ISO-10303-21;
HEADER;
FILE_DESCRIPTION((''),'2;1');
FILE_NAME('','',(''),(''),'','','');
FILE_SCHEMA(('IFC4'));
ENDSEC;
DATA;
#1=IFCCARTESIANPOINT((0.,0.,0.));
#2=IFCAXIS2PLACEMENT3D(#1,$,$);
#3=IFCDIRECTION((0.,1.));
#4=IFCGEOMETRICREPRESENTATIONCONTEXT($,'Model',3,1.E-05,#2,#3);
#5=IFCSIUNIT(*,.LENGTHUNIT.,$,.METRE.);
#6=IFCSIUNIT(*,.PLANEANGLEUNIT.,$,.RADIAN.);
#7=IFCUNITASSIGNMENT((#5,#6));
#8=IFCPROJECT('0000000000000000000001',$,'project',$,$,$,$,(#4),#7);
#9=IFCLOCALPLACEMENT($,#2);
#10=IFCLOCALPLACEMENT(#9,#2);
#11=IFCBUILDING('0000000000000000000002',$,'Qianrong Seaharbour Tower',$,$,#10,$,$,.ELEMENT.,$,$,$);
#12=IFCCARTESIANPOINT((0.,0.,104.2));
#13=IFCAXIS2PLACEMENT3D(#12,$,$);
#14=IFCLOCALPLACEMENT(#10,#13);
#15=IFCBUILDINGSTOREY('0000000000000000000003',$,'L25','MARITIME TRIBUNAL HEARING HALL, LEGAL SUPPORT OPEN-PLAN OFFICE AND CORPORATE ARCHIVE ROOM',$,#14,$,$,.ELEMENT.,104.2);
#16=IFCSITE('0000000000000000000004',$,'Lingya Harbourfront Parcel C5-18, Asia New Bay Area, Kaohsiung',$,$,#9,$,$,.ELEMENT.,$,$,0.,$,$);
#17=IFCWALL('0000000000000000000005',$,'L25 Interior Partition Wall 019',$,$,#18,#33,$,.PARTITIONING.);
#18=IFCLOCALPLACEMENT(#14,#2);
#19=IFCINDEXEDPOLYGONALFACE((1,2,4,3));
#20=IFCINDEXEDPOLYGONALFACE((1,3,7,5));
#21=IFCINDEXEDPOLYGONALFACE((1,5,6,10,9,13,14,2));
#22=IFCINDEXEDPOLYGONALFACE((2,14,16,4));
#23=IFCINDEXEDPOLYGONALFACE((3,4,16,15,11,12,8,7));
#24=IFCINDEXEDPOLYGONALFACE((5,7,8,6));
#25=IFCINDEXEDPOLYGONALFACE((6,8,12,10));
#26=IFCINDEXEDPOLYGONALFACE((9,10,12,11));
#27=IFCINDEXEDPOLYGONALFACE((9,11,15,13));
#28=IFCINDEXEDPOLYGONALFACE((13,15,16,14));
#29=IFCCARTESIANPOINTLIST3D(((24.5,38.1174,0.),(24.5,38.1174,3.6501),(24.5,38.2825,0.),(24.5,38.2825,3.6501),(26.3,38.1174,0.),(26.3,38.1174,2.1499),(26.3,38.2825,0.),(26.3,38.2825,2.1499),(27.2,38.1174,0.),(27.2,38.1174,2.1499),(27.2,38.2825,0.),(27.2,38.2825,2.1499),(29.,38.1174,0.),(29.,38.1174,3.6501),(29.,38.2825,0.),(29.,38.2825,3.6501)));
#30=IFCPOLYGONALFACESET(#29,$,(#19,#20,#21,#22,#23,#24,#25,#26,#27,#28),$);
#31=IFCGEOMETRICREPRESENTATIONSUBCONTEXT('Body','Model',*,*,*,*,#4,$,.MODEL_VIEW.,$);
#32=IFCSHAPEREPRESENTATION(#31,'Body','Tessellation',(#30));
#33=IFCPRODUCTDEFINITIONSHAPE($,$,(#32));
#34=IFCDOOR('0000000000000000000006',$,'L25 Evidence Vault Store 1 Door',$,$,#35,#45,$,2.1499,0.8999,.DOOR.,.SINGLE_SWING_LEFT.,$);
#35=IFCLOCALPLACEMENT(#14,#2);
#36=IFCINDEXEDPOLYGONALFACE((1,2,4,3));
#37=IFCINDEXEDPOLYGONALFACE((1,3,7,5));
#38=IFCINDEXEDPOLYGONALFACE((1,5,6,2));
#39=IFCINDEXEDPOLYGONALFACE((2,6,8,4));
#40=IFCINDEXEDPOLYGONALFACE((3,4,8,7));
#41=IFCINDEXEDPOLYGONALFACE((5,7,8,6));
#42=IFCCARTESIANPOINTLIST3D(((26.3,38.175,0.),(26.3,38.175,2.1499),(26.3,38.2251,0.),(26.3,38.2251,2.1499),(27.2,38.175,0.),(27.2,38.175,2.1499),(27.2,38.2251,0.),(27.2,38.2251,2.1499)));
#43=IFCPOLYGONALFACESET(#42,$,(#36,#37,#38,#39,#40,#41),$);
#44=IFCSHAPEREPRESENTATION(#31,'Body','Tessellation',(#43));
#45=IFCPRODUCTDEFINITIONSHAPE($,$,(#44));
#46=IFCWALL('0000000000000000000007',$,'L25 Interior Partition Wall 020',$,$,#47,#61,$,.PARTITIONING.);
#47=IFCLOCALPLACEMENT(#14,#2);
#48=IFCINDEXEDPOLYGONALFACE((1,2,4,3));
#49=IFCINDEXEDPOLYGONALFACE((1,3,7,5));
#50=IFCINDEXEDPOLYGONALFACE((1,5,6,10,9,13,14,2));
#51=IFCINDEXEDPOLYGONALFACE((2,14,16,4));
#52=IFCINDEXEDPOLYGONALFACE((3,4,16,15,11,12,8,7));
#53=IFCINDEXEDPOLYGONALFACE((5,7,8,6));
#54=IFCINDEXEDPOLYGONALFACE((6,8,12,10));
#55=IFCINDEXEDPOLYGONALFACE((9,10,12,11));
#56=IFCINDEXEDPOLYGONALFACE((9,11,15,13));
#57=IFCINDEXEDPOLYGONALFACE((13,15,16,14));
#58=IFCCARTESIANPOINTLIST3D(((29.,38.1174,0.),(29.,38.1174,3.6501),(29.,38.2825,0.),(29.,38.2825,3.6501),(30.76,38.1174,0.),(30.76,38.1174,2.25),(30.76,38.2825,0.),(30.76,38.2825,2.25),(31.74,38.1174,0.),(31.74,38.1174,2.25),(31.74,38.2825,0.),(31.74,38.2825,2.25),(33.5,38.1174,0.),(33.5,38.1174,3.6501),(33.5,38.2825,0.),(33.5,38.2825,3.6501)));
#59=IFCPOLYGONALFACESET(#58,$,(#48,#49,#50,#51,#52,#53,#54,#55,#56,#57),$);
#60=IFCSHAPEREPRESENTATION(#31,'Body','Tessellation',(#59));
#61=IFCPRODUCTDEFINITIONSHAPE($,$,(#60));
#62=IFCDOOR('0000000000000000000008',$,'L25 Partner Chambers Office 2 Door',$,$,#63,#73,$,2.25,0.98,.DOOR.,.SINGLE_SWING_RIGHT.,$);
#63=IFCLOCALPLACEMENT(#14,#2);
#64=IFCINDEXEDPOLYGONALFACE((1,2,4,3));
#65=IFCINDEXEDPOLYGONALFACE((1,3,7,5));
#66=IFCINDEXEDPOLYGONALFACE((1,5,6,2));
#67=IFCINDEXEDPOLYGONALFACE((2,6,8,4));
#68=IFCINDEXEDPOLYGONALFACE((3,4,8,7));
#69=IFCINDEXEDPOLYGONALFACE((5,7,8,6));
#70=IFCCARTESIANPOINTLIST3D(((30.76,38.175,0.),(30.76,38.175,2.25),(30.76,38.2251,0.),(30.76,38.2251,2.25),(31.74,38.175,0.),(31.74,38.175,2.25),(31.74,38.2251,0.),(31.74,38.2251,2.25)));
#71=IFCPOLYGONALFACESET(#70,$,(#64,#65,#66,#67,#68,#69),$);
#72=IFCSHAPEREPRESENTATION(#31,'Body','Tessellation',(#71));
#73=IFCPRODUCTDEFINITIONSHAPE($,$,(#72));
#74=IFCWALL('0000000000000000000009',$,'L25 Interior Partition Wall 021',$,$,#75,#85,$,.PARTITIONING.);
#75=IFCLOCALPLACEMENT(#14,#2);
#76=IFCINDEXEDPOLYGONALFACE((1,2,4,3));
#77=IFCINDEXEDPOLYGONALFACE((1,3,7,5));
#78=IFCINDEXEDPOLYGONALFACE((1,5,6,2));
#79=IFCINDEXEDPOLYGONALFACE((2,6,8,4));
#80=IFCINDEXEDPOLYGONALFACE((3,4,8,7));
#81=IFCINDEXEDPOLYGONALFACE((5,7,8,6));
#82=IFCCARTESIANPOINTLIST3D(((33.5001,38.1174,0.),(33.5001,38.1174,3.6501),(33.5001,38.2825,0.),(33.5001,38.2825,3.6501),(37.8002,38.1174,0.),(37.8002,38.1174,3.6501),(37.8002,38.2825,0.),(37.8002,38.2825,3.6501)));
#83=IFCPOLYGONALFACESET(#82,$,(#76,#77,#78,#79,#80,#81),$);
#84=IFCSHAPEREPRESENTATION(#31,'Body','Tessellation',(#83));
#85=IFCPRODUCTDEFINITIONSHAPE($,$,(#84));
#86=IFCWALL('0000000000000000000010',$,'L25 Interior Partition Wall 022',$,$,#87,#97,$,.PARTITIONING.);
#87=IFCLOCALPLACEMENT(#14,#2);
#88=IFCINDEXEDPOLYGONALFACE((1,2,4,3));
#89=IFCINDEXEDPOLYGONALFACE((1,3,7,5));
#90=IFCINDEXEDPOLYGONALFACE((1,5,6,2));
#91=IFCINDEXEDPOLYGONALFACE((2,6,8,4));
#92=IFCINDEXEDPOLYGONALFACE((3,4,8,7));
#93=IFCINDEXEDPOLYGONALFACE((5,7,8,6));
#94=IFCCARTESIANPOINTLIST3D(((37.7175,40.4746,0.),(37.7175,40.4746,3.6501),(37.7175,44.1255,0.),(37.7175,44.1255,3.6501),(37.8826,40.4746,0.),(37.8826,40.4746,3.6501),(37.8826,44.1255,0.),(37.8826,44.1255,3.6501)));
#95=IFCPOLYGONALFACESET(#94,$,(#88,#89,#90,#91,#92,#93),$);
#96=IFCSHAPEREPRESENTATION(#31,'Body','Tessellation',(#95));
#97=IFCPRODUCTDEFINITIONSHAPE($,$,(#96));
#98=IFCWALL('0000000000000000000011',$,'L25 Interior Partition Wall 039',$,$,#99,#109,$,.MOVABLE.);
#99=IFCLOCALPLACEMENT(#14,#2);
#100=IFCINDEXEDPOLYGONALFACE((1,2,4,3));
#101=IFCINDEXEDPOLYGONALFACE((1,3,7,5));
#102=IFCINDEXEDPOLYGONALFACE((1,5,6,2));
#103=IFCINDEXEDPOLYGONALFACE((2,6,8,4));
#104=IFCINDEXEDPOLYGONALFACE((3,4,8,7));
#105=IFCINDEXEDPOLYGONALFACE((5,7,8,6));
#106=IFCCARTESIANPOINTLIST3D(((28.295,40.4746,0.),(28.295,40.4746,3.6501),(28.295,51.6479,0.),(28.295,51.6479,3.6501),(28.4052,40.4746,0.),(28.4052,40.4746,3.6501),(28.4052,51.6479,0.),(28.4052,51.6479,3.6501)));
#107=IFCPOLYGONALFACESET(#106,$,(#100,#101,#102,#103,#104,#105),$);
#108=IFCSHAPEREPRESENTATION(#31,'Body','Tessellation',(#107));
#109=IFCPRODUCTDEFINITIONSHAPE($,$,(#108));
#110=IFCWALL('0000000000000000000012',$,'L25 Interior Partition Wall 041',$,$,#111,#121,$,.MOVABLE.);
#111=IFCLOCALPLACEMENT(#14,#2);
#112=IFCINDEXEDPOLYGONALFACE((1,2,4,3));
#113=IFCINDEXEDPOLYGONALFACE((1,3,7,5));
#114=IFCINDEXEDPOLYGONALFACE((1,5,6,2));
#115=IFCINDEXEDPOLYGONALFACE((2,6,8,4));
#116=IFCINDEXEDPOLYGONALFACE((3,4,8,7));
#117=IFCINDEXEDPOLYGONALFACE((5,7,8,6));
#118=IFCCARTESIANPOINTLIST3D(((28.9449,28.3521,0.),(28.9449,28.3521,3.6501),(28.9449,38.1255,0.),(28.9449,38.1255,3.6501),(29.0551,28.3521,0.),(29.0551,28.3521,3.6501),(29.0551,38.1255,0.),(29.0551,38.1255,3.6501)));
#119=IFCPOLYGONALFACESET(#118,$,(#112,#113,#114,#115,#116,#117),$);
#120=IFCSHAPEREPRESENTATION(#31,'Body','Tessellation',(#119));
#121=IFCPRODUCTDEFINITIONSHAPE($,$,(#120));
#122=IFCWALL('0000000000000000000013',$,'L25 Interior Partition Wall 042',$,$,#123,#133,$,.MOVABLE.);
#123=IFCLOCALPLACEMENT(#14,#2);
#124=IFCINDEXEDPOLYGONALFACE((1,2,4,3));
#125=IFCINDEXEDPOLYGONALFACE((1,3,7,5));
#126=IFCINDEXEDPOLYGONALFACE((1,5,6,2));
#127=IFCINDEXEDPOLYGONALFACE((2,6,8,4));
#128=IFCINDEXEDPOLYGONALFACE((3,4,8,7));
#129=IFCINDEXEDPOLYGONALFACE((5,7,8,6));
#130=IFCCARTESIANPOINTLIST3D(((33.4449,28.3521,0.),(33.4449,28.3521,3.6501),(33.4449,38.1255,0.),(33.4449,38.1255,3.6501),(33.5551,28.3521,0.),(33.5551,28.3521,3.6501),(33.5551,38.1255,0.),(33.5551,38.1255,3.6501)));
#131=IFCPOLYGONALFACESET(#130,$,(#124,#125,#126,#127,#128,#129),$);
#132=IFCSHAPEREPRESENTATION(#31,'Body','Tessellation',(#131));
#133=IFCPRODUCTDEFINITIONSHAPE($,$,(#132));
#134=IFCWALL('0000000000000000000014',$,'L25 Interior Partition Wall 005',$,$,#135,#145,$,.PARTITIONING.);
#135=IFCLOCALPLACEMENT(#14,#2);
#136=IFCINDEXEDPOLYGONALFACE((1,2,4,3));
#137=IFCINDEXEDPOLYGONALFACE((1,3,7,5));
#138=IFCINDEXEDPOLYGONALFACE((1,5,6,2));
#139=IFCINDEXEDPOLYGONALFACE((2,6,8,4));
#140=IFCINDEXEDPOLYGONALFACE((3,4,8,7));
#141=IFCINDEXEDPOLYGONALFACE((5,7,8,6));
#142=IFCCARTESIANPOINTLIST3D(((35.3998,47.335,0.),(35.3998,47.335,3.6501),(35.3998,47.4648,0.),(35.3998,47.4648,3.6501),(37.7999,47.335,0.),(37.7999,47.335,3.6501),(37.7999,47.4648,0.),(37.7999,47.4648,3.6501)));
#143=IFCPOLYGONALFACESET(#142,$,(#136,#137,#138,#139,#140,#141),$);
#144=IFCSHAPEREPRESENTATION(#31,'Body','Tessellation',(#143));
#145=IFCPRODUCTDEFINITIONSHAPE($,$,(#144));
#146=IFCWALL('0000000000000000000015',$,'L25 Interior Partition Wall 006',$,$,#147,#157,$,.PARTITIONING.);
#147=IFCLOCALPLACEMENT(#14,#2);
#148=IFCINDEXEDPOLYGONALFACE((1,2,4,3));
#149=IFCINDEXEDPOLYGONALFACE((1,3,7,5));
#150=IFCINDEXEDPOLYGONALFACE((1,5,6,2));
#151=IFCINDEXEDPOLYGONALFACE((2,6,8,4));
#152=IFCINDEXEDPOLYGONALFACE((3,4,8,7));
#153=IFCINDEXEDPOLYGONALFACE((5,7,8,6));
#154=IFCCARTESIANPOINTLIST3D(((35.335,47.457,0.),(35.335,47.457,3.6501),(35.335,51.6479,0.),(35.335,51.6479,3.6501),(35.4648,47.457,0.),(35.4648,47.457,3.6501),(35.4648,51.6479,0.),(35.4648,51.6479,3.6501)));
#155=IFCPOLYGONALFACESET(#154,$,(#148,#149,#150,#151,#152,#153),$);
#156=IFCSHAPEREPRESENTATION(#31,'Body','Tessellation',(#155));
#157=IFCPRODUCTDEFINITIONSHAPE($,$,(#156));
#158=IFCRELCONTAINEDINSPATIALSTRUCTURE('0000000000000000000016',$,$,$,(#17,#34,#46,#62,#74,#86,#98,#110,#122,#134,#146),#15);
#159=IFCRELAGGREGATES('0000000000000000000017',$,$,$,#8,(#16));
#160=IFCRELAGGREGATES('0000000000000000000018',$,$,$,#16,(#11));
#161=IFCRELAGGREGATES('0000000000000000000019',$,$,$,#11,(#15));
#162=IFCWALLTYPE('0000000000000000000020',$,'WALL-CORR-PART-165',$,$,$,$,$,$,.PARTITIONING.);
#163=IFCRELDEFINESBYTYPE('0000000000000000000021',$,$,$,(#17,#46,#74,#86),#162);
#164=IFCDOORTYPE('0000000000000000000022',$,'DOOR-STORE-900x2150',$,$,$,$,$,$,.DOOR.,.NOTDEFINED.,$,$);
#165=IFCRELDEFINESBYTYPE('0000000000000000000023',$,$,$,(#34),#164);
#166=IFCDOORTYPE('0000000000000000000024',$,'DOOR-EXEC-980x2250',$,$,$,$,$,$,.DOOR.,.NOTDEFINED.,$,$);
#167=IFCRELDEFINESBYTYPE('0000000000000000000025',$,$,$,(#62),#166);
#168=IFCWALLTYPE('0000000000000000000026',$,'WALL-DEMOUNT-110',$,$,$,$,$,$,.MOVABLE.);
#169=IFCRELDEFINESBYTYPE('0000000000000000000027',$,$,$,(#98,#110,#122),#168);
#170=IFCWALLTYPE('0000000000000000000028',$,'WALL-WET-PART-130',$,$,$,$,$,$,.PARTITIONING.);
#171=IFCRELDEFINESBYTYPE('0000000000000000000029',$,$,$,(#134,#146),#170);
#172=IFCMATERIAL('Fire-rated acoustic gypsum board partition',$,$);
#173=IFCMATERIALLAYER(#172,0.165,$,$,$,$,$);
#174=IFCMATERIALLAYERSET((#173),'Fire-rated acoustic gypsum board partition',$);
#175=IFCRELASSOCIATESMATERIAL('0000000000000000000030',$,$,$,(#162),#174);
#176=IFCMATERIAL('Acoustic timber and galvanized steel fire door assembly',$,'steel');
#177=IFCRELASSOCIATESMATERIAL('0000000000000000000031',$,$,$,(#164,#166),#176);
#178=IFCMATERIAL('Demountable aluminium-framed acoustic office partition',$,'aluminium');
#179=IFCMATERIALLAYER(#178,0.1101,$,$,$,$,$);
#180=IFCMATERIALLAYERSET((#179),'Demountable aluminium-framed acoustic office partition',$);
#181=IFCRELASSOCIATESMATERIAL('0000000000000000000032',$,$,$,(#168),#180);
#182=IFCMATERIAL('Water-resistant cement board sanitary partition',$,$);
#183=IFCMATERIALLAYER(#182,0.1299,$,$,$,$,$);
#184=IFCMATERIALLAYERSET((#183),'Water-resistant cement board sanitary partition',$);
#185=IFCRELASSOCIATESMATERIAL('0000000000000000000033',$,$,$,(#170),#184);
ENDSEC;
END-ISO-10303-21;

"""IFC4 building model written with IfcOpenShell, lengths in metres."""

from ifc_helpers import new_model, si_unit, direction, frame, frame_2d, origin, place, context, subcontext, project, spatial, rectangle, extrude, material, layer, layer_set, type_object, element, fill, save


model = new_model("IFC4")

# Units and contexts
model_context = context("Model", 3, precision=1e-05, world=origin(), true_north=direction((0.0, 1.0)))
body_context = subcontext(model_context, "Body", "Model", "MODEL_VIEW")
ifc_project = project(units=[si_unit("LENGTHUNIT", "METRE"), si_unit("PLANEANGLEUNIT", "RADIAN")], contexts=[model_context])

# Site, building, storey
site_placement = place(None, origin())
site = spatial("IfcSite", under=ifc_project, at=site_placement, Name="Lingya Harbourfront Parcel C5-18, Asia New Bay Area, Kaohsiung", CompositionType="ELEMENT", RefElevation=0.0)
building_placement = place(site_placement, origin())
building = spatial("IfcBuilding", under=site, at=building_placement, Name="Qianrong Seaharbour Tower", CompositionType="ELEMENT")
storey_placement = place(building_placement, frame((0.0, 0.0, 104.2)))
storey = spatial("IfcBuildingStorey", under=building, at=storey_placement, Name="L25", Description="MARITIME TRIBUNAL HEARING HALL, LEGAL SUPPORT OPEN-PLAN OFFICE AND CORPORATE ARCHIVE ROOM", CompositionType="ELEMENT", Elevation=104.2)

# Shared definitions
ifc_material_1 = material(Name="Fire-rated acoustic gypsum board partition")
ifc_layer_1 = layer(ifc_material_1, 0.165)
ifc_layer_set_1 = layer_set([ifc_layer_1], Name="Fire-rated acoustic gypsum board partition")
wall_type_1 = type_object("IfcWallType", Name="WALL-CORR-PART-165", PredefinedType="PARTITIONING", material=ifc_layer_set_1)
ifc_material_2 = material(Name="Acoustic timber and galvanized steel fire door assembly", Category="steel")

# Walls, openings, doors
wall_1_placement = place(storey_placement, frame((29.0, 38.2, 0.0), z_axis=(0.0, 0.0, 1.0), x_axis=(-1.0, 0.0, 0.0)))
wall_1 = element("IfcWall", 1, at=wall_1_placement, inside=storey, type_object=wall_type_1, Name="L25 Interior Partition Wall 019", PredefinedType="PARTITIONING", context=body_context, shape_type="SweptSolid", body=[
    extrude(rectangle(XDim=4.5, YDim=0.165, at=frame_2d((2.25, 0.0))), origin(), (0.0, 0.0, 1.0), 3.6501),
])
opening_1_placement = place(wall_1_placement, frame((1.8, 0.0, 0.0)))
opening_1 = element("IfcOpeningElement", 2, at=opening_1_placement, cuts=wall_1, PredefinedType="OPENING", context=body_context, shape_type="SweptSolid", body=[
    extrude(rectangle(XDim=0.8999, YDim=2.1499, at=frame_2d((0.45, 1.075))), frame((0.0, 0.0925, 0.0), z_axis=(0.0, -1.0, 0.0), x_axis=(1.0, 0.0, 0.0)), (0.0, 0.0, 1.0), 0.1851),
])
door_type_1 = type_object("IfcDoorType", Name="DOOR-STORE-900x2150", OperationType="NOTDEFINED", PredefinedType="DOOR", material=ifc_material_2)
door_1_placement = place(opening_1_placement, origin())
door_1 = element("IfcDoor", 3, at=door_1_placement, inside=storey, type_object=door_type_1, Name="L25 Evidence Vault Store 1 Door", OperationType="SINGLE_SWING_LEFT", OverallHeight=2.1499, OverallWidth=0.8999, PredefinedType="DOOR", context=body_context, shape_type="SweptSolid", body=[
    extrude(rectangle(XDim=0.8999, YDim=2.1499, at=frame_2d((0.45, 1.075))), frame((0.0, 0.0249, 0.0), z_axis=(0.0, -1.0, 0.0), x_axis=(1.0, 0.0, 0.0)), (0.0, 0.0, 1.0), 0.05),
])
fill(opening_1, door_1)
wall_2_placement = place(storey_placement, frame((33.5, 38.2, 0.0), z_axis=(0.0, 0.0, 1.0), x_axis=(-1.0, 0.0, 0.0)))
wall_2 = element("IfcWall", 4, at=wall_2_placement, inside=storey, type_object=wall_type_1, Name="L25 Interior Partition Wall 020", PredefinedType="PARTITIONING", context=body_context, shape_type="SweptSolid", body=[
    extrude(rectangle(XDim=4.5, YDim=0.165, at=frame_2d((2.25, 0.0))), origin(), (0.0, 0.0, 1.0), 3.6501),
])
opening_2_placement = place(wall_2_placement, frame((1.76, 0.0, 0.0)))
opening_2 = element("IfcOpeningElement", 5, at=opening_2_placement, cuts=wall_2, PredefinedType="OPENING", context=body_context, shape_type="SweptSolid", body=[
    extrude(rectangle(XDim=0.98, YDim=2.25, at=frame_2d((0.49, 1.125))), frame((0.0, 0.0925, 0.0), z_axis=(0.0, -1.0, 0.0), x_axis=(1.0, 0.0, 0.0)), (0.0, 0.0, 1.0), 0.1851),
])
door_type_2 = type_object("IfcDoorType", Name="DOOR-EXEC-980x2250", OperationType="NOTDEFINED", PredefinedType="DOOR", material=ifc_material_2)
door_2_placement = place(opening_2_placement, origin())
door_2 = element("IfcDoor", 6, at=door_2_placement, inside=storey, type_object=door_type_2, Name="L25 Partner Chambers Office 2 Door", OperationType="SINGLE_SWING_RIGHT", OverallHeight=2.25, OverallWidth=0.98, PredefinedType="DOOR", context=body_context, shape_type="SweptSolid", body=[
    extrude(rectangle(XDim=0.98, YDim=2.25, at=frame_2d((0.49, 1.125))), frame((0.0, 0.0249, 0.0), z_axis=(0.0, -1.0, 0.0), x_axis=(1.0, 0.0, 0.0)), (0.0, 0.0, 1.0), 0.05),
])
fill(opening_2, door_2)

# Walls
wall_3_placement = place(storey_placement, frame((37.8, 38.2, 0.0), z_axis=(0.0, 0.0, 1.0), x_axis=(-1.0, 0.0, 0.0)))
element("IfcWall", 7, at=wall_3_placement, inside=storey, type_object=wall_type_1, Name="L25 Interior Partition Wall 021", PredefinedType="PARTITIONING", context=body_context, shape_type="SweptSolid", body=[
    extrude(rectangle(XDim=4.3, YDim=0.165, at=frame_2d((2.1499, 0.0))), origin(), (0.0, 0.0, 1.0), 3.6501),
])
wall_4_placement = place(storey_placement, frame((37.8, 40.4746, 0.0), z_axis=(0.0, 0.0, 1.0), x_axis=(0.0, 1.0, 0.0)))
element("IfcWall", 8, at=wall_4_placement, inside=storey, type_object=wall_type_1, Name="L25 Interior Partition Wall 022", PredefinedType="PARTITIONING", context=body_context, shape_type="SweptSolid", body=[
    extrude(rectangle(XDim=3.6509, YDim=0.165, at=frame_2d((1.8254, 0.0))), origin(), (0.0, 0.0, 1.0), 3.6501),
])
ifc_material_3 = material(Name="Demountable aluminium-framed acoustic office partition", Category="aluminium")
ifc_layer_2 = layer(ifc_material_3, 0.1101)
ifc_layer_set_2 = layer_set([ifc_layer_2], Name="Demountable aluminium-framed acoustic office partition")
wall_type_2 = type_object("IfcWallType", Name="WALL-DEMOUNT-110", PredefinedType="MOVABLE", material=ifc_layer_set_2)
wall_5_placement = place(storey_placement, frame((28.3501, 51.6479, 0.0), z_axis=(0.0, 0.0, 1.0), x_axis=(0.0, -1.0, 0.0)))
element("IfcWall", 9, at=wall_5_placement, inside=storey, type_object=wall_type_2, Name="L25 Interior Partition Wall 039", PredefinedType="MOVABLE", context=body_context, shape_type="SweptSolid", body=[
    extrude(rectangle(XDim=11.1733, YDim=0.1101, at=frame_2d((5.5867, 0.0))), origin(), (0.0, 0.0, 1.0), 3.6501),
])
for number, where, z_axis, x_axis, name in (
    (10, (29.0, 38.1255, 0.0), (0.0, 0.0, 1.0), (0.0, -1.0, 0.0), "L25 Interior Partition Wall 041"),
    (11, (33.5, 38.1255, 0.0), (0.0, 0.0, 1.0), (0.0, -1.0, 0.0), "L25 Interior Partition Wall 042"),
):
    element("IfcWall", number, at=place(storey_placement, frame(where, z_axis=z_axis, x_axis=x_axis)), inside=storey, type_object=wall_type_2, Name=name, PredefinedType="MOVABLE", context=body_context, shape_type="SweptSolid", body=[
        extrude(rectangle(XDim=9.7734, YDim=0.1101, at=frame_2d((4.8867, 0.0))), origin(), (0.0, 0.0, 1.0), 3.6501),
    ])
ifc_material_4 = material(Name="Water-resistant cement board sanitary partition")
ifc_layer_3 = layer(ifc_material_4, 0.1299)
ifc_layer_set_3 = layer_set([ifc_layer_3], Name="Water-resistant cement board sanitary partition")
wall_type_3 = type_object("IfcWallType", Name="WALL-WET-PART-130", PredefinedType="PARTITIONING", material=ifc_layer_set_3)
wall_6_placement = place(storey_placement, frame((37.8, 47.3999, 0.0), z_axis=(0.0, 0.0, 1.0), x_axis=(-1.0, 0.0, 0.0)))
element("IfcWall", 12, at=wall_6_placement, inside=storey, type_object=wall_type_3, Name="L25 Interior Partition Wall 005", PredefinedType="PARTITIONING", context=body_context, shape_type="SweptSolid", body=[
    extrude(rectangle(XDim=2.4001, YDim=0.1299, at=frame_2d((1.2002, 0.0))), origin(), (0.0, 0.0, 1.0), 3.6501),
])
wall_7_placement = place(storey_placement, frame((35.3999, 47.457, 0.0), z_axis=(0.0, 0.0, 1.0), x_axis=(0.0, 1.0, 0.0)))
element("IfcWall", 13, at=wall_7_placement, inside=storey, type_object=wall_type_3, Name="L25 Interior Partition Wall 006", PredefinedType="PARTITIONING", context=body_context, shape_type="SweptSolid", body=[
    extrude(rectangle(XDim=4.1909, YDim=0.1299, at=frame_2d((2.0955, 0.0))), origin(), (0.0, 0.0, 1.0), 3.6501),
])

save(model, "model.ifc")
